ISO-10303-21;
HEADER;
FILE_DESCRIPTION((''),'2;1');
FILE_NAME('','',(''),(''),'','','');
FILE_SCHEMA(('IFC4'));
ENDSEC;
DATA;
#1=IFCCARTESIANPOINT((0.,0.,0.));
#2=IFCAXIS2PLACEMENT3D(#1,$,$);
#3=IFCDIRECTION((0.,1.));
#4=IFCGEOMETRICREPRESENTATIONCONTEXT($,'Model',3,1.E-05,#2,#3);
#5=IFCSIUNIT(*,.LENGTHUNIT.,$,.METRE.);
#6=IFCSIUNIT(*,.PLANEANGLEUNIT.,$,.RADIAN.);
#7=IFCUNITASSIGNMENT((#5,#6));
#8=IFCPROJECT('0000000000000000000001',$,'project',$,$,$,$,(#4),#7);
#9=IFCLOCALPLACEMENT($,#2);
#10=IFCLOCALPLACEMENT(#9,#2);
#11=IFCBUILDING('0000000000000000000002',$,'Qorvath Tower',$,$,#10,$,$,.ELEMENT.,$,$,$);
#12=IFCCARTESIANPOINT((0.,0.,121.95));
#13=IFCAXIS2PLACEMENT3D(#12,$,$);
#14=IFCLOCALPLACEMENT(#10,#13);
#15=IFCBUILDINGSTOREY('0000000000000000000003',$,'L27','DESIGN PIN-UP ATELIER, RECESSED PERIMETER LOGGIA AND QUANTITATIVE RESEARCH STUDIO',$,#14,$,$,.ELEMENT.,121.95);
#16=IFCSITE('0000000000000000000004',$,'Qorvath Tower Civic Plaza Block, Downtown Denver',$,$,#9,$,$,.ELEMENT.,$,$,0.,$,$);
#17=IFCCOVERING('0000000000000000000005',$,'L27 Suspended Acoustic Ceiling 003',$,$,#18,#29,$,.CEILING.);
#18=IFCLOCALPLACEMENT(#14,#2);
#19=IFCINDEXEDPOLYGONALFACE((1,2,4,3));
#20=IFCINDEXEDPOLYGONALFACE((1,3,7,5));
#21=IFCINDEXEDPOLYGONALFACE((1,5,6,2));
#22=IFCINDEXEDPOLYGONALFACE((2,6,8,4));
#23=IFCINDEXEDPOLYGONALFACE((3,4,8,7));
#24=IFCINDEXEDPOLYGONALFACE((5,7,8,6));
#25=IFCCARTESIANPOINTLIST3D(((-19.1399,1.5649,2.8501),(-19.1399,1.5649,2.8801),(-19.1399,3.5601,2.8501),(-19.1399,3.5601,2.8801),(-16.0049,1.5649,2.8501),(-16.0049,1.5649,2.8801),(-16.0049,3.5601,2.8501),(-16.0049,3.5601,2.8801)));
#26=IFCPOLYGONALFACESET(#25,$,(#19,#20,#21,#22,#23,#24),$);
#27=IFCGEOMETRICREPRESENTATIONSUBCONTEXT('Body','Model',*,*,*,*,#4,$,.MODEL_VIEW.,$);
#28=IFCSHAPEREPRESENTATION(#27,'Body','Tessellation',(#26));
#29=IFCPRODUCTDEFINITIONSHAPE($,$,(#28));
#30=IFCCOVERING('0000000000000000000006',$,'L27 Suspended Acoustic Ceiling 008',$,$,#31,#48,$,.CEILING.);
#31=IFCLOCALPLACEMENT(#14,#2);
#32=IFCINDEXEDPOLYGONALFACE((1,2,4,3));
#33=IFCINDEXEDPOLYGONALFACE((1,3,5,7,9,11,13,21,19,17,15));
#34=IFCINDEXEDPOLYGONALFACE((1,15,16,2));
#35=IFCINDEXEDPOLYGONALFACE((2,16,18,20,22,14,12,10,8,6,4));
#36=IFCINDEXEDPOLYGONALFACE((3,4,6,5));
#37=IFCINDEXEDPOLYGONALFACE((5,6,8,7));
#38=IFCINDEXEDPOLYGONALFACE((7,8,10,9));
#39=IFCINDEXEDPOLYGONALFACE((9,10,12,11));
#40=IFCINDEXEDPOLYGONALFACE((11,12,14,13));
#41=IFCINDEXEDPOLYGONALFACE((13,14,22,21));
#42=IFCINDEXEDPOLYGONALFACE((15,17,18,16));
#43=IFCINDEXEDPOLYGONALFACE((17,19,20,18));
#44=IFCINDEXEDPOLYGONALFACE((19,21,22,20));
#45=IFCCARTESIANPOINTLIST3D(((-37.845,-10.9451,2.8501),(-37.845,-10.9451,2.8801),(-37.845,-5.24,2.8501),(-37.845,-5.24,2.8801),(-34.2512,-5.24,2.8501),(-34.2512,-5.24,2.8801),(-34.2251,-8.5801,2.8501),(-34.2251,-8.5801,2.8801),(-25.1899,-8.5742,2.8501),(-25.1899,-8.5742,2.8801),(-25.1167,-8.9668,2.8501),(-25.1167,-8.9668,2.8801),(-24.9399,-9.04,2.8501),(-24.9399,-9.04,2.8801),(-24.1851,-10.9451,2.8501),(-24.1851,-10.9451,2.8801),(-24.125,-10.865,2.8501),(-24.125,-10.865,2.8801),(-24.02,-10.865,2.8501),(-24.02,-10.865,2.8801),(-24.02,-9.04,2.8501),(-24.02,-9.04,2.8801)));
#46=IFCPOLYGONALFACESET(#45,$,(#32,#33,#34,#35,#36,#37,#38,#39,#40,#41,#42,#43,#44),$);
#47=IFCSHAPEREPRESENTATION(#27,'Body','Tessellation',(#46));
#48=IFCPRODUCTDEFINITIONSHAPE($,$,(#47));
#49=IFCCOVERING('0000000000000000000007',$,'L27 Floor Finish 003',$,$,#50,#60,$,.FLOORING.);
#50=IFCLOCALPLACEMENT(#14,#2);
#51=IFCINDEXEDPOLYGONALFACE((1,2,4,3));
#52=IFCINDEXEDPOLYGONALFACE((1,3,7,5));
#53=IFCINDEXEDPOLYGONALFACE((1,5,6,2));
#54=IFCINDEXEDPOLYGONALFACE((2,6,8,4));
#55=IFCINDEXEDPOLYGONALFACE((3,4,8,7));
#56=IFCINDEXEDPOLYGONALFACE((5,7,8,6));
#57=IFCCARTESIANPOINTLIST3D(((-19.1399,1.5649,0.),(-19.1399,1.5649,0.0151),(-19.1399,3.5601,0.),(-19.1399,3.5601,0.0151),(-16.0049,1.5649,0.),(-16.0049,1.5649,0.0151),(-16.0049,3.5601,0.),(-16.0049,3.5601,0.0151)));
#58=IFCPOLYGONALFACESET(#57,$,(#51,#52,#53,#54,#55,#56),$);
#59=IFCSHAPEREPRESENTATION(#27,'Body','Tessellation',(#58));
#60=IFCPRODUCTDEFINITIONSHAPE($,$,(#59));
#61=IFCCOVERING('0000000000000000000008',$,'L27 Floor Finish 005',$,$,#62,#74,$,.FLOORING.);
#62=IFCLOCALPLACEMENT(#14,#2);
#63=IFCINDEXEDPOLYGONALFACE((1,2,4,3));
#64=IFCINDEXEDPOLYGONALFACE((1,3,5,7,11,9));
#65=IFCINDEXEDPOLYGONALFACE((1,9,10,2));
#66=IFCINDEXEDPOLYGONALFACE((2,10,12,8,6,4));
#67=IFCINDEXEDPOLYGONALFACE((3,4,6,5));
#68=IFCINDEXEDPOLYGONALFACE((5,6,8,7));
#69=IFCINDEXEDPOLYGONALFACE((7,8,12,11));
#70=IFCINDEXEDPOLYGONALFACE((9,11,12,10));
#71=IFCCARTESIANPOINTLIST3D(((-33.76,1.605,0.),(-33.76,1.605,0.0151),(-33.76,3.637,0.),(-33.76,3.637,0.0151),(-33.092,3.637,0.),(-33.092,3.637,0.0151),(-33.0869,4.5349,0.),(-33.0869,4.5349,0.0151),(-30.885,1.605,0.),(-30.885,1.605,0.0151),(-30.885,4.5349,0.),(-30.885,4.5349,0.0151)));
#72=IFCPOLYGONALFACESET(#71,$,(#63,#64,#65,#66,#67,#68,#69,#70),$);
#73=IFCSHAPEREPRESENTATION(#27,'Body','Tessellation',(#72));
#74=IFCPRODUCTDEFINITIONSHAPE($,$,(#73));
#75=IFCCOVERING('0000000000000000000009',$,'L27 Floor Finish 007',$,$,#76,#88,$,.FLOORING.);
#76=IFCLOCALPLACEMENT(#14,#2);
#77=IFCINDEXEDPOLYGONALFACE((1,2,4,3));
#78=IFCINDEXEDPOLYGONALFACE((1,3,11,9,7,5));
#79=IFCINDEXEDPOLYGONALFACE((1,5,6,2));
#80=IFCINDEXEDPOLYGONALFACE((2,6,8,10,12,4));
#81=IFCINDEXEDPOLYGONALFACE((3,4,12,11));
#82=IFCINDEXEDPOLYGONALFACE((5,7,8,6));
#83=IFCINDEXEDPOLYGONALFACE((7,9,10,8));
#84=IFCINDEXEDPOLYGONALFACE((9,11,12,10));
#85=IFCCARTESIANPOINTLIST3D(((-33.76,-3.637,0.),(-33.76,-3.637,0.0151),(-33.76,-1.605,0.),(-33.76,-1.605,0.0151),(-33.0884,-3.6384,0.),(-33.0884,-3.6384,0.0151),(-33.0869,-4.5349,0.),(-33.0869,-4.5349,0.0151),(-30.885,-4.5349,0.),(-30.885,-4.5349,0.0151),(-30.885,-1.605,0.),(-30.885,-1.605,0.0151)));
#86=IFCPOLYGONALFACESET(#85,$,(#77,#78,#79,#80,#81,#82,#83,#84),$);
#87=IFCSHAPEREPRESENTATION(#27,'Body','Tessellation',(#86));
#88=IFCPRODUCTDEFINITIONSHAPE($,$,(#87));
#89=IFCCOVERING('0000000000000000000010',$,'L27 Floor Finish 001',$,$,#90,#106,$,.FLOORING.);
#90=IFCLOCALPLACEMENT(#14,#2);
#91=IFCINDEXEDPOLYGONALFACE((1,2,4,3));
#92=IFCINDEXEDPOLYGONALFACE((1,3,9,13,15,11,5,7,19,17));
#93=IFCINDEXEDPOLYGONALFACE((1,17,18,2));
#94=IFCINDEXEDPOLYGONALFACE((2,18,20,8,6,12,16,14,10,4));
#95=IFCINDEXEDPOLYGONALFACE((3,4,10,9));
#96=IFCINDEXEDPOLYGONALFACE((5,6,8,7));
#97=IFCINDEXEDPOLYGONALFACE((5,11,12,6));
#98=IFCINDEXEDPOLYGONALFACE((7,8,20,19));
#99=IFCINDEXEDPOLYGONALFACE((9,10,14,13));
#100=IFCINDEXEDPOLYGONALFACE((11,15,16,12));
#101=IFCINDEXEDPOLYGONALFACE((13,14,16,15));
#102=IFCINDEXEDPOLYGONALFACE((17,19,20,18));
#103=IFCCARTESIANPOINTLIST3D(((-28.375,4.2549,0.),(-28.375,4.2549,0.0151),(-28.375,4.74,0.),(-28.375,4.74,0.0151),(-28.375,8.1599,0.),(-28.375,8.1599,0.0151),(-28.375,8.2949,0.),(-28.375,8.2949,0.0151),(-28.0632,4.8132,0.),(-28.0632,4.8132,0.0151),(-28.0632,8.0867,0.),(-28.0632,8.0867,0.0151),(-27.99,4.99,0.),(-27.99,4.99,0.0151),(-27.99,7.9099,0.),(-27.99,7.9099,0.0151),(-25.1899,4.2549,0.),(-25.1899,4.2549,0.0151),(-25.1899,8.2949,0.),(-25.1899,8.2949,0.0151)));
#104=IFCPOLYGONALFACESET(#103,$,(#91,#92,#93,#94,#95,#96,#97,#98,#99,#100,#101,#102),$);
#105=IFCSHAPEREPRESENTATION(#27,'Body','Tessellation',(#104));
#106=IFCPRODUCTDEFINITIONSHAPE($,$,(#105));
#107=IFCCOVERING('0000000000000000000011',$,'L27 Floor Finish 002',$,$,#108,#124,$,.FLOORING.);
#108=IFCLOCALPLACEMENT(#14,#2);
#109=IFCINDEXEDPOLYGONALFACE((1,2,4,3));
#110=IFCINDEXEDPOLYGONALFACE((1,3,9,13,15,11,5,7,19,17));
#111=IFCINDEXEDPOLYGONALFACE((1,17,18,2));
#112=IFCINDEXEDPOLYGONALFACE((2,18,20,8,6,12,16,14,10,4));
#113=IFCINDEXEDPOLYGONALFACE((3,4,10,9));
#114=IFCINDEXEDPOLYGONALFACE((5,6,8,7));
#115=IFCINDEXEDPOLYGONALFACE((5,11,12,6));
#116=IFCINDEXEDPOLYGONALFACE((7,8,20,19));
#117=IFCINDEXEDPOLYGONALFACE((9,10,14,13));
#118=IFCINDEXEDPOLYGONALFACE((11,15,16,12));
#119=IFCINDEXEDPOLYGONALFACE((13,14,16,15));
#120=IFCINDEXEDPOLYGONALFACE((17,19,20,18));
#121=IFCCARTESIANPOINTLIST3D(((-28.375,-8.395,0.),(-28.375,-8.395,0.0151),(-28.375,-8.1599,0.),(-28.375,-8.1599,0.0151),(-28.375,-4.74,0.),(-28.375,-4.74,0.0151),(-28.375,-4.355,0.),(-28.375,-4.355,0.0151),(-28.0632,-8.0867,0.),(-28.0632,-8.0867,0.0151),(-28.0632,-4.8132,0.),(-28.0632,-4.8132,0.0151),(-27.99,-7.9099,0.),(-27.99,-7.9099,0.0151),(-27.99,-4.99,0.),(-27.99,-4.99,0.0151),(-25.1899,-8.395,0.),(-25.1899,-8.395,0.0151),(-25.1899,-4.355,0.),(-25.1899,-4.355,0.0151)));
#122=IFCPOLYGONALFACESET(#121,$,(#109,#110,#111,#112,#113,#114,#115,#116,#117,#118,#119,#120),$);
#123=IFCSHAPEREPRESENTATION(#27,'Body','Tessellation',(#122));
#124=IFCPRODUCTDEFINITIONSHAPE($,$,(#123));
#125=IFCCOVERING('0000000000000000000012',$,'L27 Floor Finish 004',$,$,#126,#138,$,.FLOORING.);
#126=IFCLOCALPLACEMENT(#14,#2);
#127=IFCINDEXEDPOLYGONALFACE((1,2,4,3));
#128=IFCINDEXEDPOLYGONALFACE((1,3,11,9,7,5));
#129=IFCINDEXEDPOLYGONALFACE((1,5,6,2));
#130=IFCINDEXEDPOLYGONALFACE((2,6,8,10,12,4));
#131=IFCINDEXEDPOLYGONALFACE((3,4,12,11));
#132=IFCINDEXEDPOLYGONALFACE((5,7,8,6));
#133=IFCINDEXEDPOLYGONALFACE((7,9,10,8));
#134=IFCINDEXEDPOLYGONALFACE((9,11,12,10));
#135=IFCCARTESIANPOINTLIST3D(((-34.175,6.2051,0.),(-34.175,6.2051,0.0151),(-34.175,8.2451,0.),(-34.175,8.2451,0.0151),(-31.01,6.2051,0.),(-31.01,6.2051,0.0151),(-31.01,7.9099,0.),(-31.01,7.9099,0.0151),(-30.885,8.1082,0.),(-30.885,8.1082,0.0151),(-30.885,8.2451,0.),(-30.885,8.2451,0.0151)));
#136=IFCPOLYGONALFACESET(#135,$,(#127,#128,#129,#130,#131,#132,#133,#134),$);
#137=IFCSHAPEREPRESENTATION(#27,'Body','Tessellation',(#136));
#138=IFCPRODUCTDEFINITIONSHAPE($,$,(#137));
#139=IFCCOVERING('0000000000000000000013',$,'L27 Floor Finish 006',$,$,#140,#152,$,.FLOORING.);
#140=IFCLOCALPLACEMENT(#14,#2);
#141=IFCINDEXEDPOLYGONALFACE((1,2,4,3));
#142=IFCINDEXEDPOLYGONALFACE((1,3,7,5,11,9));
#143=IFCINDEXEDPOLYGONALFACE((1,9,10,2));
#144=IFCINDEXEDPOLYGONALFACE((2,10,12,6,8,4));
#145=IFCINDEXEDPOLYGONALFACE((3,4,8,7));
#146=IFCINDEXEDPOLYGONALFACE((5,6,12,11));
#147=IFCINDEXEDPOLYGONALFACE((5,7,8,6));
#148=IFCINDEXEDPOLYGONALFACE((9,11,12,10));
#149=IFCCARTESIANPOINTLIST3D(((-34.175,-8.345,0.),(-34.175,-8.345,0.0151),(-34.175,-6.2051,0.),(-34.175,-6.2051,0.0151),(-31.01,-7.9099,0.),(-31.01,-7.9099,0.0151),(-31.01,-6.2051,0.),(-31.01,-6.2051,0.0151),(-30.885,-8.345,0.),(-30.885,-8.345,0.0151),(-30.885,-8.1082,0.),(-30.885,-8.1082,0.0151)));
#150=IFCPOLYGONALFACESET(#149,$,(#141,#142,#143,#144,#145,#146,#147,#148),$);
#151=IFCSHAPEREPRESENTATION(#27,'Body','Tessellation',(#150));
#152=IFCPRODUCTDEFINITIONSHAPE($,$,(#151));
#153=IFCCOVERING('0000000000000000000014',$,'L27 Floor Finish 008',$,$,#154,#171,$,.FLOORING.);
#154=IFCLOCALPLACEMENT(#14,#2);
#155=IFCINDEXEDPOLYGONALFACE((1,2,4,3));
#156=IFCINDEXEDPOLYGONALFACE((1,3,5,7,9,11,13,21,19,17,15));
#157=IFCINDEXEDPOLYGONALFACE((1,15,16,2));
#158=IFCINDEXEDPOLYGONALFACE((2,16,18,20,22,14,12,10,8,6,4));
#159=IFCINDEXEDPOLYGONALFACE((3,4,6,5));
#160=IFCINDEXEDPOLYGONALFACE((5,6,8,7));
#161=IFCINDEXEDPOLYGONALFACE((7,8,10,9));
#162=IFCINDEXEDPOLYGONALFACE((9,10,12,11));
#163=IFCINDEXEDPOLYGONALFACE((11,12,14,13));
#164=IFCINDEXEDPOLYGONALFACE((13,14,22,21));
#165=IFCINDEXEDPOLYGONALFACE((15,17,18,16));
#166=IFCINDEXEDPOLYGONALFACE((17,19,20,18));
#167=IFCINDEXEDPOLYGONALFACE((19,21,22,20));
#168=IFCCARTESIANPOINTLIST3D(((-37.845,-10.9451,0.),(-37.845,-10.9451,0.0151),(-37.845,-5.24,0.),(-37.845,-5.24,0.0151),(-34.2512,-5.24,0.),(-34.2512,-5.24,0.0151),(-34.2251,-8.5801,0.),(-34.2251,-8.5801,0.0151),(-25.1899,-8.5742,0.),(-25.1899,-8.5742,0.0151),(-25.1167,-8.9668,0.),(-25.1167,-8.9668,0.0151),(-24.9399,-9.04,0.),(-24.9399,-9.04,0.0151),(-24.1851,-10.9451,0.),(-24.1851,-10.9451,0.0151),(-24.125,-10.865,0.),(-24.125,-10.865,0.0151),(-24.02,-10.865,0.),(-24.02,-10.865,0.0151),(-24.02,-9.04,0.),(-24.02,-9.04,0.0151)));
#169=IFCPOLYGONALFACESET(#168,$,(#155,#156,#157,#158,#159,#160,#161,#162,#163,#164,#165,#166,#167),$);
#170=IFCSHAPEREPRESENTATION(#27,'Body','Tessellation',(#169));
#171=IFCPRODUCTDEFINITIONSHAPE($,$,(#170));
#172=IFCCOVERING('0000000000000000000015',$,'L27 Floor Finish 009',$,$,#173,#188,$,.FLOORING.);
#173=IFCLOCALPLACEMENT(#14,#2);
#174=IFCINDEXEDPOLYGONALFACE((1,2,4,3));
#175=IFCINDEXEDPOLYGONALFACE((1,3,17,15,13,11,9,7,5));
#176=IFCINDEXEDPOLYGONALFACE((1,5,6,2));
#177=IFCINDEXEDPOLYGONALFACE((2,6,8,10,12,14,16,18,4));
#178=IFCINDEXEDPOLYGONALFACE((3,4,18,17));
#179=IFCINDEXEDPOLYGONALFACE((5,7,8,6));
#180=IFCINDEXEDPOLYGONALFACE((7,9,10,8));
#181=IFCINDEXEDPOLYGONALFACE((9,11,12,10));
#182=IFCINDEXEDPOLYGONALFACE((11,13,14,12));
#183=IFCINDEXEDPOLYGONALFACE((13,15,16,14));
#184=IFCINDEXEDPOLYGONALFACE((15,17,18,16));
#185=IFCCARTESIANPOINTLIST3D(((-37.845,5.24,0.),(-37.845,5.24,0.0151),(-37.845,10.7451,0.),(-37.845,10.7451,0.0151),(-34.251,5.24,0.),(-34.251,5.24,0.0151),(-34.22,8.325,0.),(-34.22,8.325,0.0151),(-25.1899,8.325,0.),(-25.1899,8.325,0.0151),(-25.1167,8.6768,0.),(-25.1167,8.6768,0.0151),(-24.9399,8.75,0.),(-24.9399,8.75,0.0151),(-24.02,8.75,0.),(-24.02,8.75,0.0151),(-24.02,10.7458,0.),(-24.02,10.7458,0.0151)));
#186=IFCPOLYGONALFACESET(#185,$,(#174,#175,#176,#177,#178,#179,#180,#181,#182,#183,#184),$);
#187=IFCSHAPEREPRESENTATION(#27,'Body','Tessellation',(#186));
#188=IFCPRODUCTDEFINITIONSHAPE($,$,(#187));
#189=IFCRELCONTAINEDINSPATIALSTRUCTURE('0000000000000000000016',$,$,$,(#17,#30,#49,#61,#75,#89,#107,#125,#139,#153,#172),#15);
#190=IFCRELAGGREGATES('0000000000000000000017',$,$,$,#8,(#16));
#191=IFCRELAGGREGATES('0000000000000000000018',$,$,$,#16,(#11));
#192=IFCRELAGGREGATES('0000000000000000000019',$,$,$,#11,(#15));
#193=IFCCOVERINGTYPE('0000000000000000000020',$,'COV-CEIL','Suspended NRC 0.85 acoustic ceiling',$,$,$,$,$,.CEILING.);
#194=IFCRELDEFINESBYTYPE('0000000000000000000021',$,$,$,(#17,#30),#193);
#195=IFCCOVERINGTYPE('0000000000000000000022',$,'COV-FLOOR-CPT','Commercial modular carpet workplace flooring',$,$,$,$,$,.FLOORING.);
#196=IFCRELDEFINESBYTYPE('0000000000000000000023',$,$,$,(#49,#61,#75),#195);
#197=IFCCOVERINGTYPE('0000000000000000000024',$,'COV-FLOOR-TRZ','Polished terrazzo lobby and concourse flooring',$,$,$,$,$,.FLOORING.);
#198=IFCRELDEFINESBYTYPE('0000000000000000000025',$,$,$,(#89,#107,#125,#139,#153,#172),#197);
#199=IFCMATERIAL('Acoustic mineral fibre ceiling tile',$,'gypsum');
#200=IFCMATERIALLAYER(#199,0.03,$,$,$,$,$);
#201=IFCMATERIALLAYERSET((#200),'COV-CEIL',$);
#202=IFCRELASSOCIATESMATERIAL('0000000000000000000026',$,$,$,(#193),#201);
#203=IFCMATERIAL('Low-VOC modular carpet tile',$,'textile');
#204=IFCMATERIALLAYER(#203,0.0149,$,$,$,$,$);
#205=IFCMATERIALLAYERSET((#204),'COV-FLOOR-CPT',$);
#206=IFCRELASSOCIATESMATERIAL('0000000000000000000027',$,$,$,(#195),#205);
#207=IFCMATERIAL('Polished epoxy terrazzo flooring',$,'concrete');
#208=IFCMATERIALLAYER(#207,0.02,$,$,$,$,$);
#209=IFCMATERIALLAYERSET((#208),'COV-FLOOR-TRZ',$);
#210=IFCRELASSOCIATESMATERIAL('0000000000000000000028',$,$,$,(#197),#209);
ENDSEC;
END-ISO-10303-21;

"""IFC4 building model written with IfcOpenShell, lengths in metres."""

from ifc_helpers import new_model, si_unit, direction, frame, origin, place, context, subcontext, project, spatial, polyline, outline, extrude, material, layer, layer_set, type_object, element, save


model = new_model("IFC4")

# Units and contexts
model_context = context("Model", 3, precision=1e-05, world=origin(), true_north=direction((0.0, 1.0)))
body_context = subcontext(model_context, "Body", "Model", "MODEL_VIEW")
ifc_project = project(units=[si_unit("LENGTHUNIT", "METRE"), si_unit("PLANEANGLEUNIT", "RADIAN")], contexts=[model_context])

# Site, building, storey
site_placement = place(None, origin())
site = spatial("IfcSite", under=ifc_project, at=site_placement, Name="Qorvath Tower Civic Plaza Block, Downtown Denver", CompositionType="ELEMENT", RefElevation=0.0)
building_placement = place(site_placement, origin())
building = spatial("IfcBuilding", under=site, at=building_placement, Name="Qorvath Tower", CompositionType="ELEMENT")
storey_placement = place(building_placement, frame((0.0, 0.0, 121.95)))
storey = spatial("IfcBuildingStorey", under=building, at=storey_placement, Name="L27", Description="DESIGN PIN-UP ATELIER, RECESSED PERIMETER LOGGIA AND QUANTITATIVE RESEARCH STUDIO", CompositionType="ELEMENT", Elevation=121.95)

# Coverings
ifc_material_1 = material(Name="Acoustic mineral fibre ceiling tile", Category="gypsum")
ifc_layer_1 = layer(ifc_material_1, 0.03)
ifc_layer_set_1 = layer_set([ifc_layer_1], Name="COV-CEIL")
covering_type_1 = type_object("IfcCoveringType", Name="COV-CEIL", Description="Suspended NRC 0.85 acoustic ceiling", PredefinedType="CEILING", material=ifc_layer_set_1)
covering_1_placement = place(storey_placement, frame((0.0, 0.0, 2.8501)))
element("IfcCovering", 1, at=covering_1_placement, inside=storey, type_object=covering_type_1, Name="L27 Suspended Acoustic Ceiling 003", PredefinedType="CEILING", context=body_context, shape_type="SweptSolid", body=[
    extrude(outline(polyline([(-16.0049, 3.5601), (-19.1399, 3.5601), (-19.1399, 1.5649), (-16.0049, 1.5649), (-16.0049, 3.5601)])), origin(), (0.0, 0.0, 1.0), 0.03),
])
covering_2_placement = place(storey_placement, frame((0.0, 0.0, 2.8501)))
element("IfcCovering", 2, at=covering_2_placement, inside=storey, type_object=covering_type_1, Name="L27 Suspended Acoustic Ceiling 008", PredefinedType="CEILING", context=body_context, shape_type="SweptSolid", body=[
    extrude(outline(polyline([(-34.2251, -8.5801), (-34.2512, -5.24), (-37.845, -5.24), (-37.845, -10.9451), (-24.1851, -10.9451), (-24.125, -10.865), (-24.02, -10.865), (-24.02, -9.04), (-24.9399, -9.04), (-25.1167, -8.9668), (-25.1899, -8.5742), (-34.2251, -8.5801)])), origin(), (0.0, 0.0, 1.0), 0.03),
])
ifc_material_2 = material(Name="Low-VOC modular carpet tile", Category="textile")
ifc_layer_2 = layer(ifc_material_2, 0.0149)
ifc_layer_set_2 = layer_set([ifc_layer_2], Name="COV-FLOOR-CPT")
covering_type_2 = type_object("IfcCoveringType", Name="COV-FLOOR-CPT", Description="Commercial modular carpet workplace flooring", PredefinedType="FLOORING", material=ifc_layer_set_2)
covering_3_placement = place(storey_placement, origin())
element("IfcCovering", 3, at=covering_3_placement, inside=storey, type_object=covering_type_2, Name="L27 Floor Finish 003", PredefinedType="FLOORING", context=body_context, shape_type="SweptSolid", body=[
    extrude(outline(polyline([(-16.0049, 3.5601), (-19.1399, 3.5601), (-19.1399, 1.5649), (-16.0049, 1.5649), (-16.0049, 3.5601)])), origin(), (0.0, 0.0, 1.0), 0.0151),
])
covering_4_placement = place(storey_placement, origin())
element("IfcCovering", 4, at=covering_4_placement, inside=storey, type_object=covering_type_2, Name="L27 Floor Finish 005", PredefinedType="FLOORING", context=body_context, shape_type="SweptSolid", body=[
    extrude(outline(polyline([(-33.76, 3.637), (-33.76, 1.605), (-30.885, 1.605), (-30.885, 4.5349), (-33.0869, 4.5349), (-33.092, 3.637), (-33.76, 3.637)])), origin(), (0.0, 0.0, 1.0), 0.0151),
])
covering_5_placement = place(storey_placement, origin())
element("IfcCovering", 5, at=covering_5_placement, inside=storey, type_object=covering_type_2, Name="L27 Floor Finish 007", PredefinedType="FLOORING", context=body_context, shape_type="SweptSolid", body=[
    extrude(outline(polyline([(-30.885, -4.5349), (-30.885, -1.605), (-33.76, -1.605), (-33.76, -3.637), (-33.0884, -3.6384), (-33.0869, -4.5349), (-30.885, -4.5349)])), origin(), (0.0, 0.0, 1.0), 0.0151),
])
ifc_material_3 = material(Name="Polished epoxy terrazzo flooring", Category="concrete")
ifc_layer_3 = layer(ifc_material_3, 0.02)
ifc_layer_set_3 = layer_set([ifc_layer_3], Name="COV-FLOOR-TRZ")
covering_type_3 = type_object("IfcCoveringType", Name="COV-FLOOR-TRZ", Description="Polished terrazzo lobby and concourse flooring", PredefinedType="FLOORING", material=ifc_layer_set_3)
covering_6_placement = place(storey_placement, origin())
element("IfcCovering", 6, at=covering_6_placement, inside=storey, type_object=covering_type_3, Name="L27 Floor Finish 001", PredefinedType="FLOORING", context=body_context, shape_type="SweptSolid", body=[
    extrude(outline(polyline([(-25.1899, 4.2549), (-25.1899, 8.2949), (-28.375, 8.2949), (-28.375, 8.1599), (-28.0632, 8.0867), (-27.99, 7.9099), (-27.99, 4.99), (-28.0632, 4.8132), (-28.375, 4.74), (-28.375, 4.2549), (-25.1899, 4.2549)])), origin(), (0.0, 0.0, 1.0), 0.0151),
])
covering_7_placement = place(storey_placement, origin())
element("IfcCovering", 7, at=covering_7_placement, inside=storey, type_object=covering_type_3, Name="L27 Floor Finish 002", PredefinedType="FLOORING", context=body_context, shape_type="SweptSolid", body=[
    extrude(outline(polyline([(-25.1899, -8.395), (-25.1899, -4.355), (-28.375, -4.355), (-28.375, -4.74), (-28.0632, -4.8132), (-27.99, -4.99), (-27.99, -7.9099), (-28.0632, -8.0867), (-28.375, -8.1599), (-28.375, -8.395), (-25.1899, -8.395)])), origin(), (0.0, 0.0, 1.0), 0.0151),
])
covering_8_placement = place(storey_placement, origin())
element("IfcCovering", 8, at=covering_8_placement, inside=storey, type_object=covering_type_3, Name="L27 Floor Finish 004", PredefinedType="FLOORING", context=body_context, shape_type="SweptSolid", body=[
    extrude(outline(polyline([(-31.01, 6.2051), (-31.01, 7.9099), (-30.885, 8.1082), (-30.885, 8.2451), (-34.175, 8.2451), (-34.175, 6.2051), (-31.01, 6.2051)])), origin(), (0.0, 0.0, 1.0), 0.0151),
])
covering_9_placement = place(storey_placement, origin())
element("IfcCovering", 9, at=covering_9_placement, inside=storey, type_object=covering_type_3, Name="L27 Floor Finish 006", PredefinedType="FLOORING", context=body_context, shape_type="SweptSolid", body=[
    extrude(outline(polyline([(-30.885, -8.345), (-30.885, -8.1082), (-31.01, -7.9099), (-31.01, -6.2051), (-34.175, -6.2051), (-34.175, -8.345), (-30.885, -8.345)])), origin(), (0.0, 0.0, 1.0), 0.0151),
])
covering_10_placement = place(storey_placement, origin())
element("IfcCovering", 10, at=covering_10_placement, inside=storey, type_object=covering_type_3, Name="L27 Floor Finish 008", PredefinedType="FLOORING", context=body_context, shape_type="SweptSolid", body=[
    extrude(outline(polyline([(-34.2251, -8.5801), (-34.2512, -5.24), (-37.845, -5.24), (-37.845, -10.9451), (-24.1851, -10.9451), (-24.125, -10.865), (-24.02, -10.865), (-24.02, -9.04), (-24.9399, -9.04), (-25.1167, -8.9668), (-25.1899, -8.5742), (-34.2251, -8.5801)])), origin(), (0.0, 0.0, 1.0), 0.0151),
])
covering_11_placement = place(storey_placement, origin())
element("IfcCovering", 11, at=covering_11_placement, inside=storey, type_object=covering_type_3, Name="L27 Floor Finish 009", PredefinedType="FLOORING", context=body_context, shape_type="SweptSolid", body=[
    extrude(outline(polyline([(-24.02, 8.75), (-24.02, 10.7458), (-37.845, 10.7451), (-37.845, 5.24), (-34.251, 5.24), (-34.22, 8.325), (-25.1899, 8.325), (-25.1167, 8.6768), (-24.9399, 8.75), (-24.02, 8.75)])), origin(), (0.0, 0.0, 1.0), 0.0151),
])

save(model, "model.ifc")
